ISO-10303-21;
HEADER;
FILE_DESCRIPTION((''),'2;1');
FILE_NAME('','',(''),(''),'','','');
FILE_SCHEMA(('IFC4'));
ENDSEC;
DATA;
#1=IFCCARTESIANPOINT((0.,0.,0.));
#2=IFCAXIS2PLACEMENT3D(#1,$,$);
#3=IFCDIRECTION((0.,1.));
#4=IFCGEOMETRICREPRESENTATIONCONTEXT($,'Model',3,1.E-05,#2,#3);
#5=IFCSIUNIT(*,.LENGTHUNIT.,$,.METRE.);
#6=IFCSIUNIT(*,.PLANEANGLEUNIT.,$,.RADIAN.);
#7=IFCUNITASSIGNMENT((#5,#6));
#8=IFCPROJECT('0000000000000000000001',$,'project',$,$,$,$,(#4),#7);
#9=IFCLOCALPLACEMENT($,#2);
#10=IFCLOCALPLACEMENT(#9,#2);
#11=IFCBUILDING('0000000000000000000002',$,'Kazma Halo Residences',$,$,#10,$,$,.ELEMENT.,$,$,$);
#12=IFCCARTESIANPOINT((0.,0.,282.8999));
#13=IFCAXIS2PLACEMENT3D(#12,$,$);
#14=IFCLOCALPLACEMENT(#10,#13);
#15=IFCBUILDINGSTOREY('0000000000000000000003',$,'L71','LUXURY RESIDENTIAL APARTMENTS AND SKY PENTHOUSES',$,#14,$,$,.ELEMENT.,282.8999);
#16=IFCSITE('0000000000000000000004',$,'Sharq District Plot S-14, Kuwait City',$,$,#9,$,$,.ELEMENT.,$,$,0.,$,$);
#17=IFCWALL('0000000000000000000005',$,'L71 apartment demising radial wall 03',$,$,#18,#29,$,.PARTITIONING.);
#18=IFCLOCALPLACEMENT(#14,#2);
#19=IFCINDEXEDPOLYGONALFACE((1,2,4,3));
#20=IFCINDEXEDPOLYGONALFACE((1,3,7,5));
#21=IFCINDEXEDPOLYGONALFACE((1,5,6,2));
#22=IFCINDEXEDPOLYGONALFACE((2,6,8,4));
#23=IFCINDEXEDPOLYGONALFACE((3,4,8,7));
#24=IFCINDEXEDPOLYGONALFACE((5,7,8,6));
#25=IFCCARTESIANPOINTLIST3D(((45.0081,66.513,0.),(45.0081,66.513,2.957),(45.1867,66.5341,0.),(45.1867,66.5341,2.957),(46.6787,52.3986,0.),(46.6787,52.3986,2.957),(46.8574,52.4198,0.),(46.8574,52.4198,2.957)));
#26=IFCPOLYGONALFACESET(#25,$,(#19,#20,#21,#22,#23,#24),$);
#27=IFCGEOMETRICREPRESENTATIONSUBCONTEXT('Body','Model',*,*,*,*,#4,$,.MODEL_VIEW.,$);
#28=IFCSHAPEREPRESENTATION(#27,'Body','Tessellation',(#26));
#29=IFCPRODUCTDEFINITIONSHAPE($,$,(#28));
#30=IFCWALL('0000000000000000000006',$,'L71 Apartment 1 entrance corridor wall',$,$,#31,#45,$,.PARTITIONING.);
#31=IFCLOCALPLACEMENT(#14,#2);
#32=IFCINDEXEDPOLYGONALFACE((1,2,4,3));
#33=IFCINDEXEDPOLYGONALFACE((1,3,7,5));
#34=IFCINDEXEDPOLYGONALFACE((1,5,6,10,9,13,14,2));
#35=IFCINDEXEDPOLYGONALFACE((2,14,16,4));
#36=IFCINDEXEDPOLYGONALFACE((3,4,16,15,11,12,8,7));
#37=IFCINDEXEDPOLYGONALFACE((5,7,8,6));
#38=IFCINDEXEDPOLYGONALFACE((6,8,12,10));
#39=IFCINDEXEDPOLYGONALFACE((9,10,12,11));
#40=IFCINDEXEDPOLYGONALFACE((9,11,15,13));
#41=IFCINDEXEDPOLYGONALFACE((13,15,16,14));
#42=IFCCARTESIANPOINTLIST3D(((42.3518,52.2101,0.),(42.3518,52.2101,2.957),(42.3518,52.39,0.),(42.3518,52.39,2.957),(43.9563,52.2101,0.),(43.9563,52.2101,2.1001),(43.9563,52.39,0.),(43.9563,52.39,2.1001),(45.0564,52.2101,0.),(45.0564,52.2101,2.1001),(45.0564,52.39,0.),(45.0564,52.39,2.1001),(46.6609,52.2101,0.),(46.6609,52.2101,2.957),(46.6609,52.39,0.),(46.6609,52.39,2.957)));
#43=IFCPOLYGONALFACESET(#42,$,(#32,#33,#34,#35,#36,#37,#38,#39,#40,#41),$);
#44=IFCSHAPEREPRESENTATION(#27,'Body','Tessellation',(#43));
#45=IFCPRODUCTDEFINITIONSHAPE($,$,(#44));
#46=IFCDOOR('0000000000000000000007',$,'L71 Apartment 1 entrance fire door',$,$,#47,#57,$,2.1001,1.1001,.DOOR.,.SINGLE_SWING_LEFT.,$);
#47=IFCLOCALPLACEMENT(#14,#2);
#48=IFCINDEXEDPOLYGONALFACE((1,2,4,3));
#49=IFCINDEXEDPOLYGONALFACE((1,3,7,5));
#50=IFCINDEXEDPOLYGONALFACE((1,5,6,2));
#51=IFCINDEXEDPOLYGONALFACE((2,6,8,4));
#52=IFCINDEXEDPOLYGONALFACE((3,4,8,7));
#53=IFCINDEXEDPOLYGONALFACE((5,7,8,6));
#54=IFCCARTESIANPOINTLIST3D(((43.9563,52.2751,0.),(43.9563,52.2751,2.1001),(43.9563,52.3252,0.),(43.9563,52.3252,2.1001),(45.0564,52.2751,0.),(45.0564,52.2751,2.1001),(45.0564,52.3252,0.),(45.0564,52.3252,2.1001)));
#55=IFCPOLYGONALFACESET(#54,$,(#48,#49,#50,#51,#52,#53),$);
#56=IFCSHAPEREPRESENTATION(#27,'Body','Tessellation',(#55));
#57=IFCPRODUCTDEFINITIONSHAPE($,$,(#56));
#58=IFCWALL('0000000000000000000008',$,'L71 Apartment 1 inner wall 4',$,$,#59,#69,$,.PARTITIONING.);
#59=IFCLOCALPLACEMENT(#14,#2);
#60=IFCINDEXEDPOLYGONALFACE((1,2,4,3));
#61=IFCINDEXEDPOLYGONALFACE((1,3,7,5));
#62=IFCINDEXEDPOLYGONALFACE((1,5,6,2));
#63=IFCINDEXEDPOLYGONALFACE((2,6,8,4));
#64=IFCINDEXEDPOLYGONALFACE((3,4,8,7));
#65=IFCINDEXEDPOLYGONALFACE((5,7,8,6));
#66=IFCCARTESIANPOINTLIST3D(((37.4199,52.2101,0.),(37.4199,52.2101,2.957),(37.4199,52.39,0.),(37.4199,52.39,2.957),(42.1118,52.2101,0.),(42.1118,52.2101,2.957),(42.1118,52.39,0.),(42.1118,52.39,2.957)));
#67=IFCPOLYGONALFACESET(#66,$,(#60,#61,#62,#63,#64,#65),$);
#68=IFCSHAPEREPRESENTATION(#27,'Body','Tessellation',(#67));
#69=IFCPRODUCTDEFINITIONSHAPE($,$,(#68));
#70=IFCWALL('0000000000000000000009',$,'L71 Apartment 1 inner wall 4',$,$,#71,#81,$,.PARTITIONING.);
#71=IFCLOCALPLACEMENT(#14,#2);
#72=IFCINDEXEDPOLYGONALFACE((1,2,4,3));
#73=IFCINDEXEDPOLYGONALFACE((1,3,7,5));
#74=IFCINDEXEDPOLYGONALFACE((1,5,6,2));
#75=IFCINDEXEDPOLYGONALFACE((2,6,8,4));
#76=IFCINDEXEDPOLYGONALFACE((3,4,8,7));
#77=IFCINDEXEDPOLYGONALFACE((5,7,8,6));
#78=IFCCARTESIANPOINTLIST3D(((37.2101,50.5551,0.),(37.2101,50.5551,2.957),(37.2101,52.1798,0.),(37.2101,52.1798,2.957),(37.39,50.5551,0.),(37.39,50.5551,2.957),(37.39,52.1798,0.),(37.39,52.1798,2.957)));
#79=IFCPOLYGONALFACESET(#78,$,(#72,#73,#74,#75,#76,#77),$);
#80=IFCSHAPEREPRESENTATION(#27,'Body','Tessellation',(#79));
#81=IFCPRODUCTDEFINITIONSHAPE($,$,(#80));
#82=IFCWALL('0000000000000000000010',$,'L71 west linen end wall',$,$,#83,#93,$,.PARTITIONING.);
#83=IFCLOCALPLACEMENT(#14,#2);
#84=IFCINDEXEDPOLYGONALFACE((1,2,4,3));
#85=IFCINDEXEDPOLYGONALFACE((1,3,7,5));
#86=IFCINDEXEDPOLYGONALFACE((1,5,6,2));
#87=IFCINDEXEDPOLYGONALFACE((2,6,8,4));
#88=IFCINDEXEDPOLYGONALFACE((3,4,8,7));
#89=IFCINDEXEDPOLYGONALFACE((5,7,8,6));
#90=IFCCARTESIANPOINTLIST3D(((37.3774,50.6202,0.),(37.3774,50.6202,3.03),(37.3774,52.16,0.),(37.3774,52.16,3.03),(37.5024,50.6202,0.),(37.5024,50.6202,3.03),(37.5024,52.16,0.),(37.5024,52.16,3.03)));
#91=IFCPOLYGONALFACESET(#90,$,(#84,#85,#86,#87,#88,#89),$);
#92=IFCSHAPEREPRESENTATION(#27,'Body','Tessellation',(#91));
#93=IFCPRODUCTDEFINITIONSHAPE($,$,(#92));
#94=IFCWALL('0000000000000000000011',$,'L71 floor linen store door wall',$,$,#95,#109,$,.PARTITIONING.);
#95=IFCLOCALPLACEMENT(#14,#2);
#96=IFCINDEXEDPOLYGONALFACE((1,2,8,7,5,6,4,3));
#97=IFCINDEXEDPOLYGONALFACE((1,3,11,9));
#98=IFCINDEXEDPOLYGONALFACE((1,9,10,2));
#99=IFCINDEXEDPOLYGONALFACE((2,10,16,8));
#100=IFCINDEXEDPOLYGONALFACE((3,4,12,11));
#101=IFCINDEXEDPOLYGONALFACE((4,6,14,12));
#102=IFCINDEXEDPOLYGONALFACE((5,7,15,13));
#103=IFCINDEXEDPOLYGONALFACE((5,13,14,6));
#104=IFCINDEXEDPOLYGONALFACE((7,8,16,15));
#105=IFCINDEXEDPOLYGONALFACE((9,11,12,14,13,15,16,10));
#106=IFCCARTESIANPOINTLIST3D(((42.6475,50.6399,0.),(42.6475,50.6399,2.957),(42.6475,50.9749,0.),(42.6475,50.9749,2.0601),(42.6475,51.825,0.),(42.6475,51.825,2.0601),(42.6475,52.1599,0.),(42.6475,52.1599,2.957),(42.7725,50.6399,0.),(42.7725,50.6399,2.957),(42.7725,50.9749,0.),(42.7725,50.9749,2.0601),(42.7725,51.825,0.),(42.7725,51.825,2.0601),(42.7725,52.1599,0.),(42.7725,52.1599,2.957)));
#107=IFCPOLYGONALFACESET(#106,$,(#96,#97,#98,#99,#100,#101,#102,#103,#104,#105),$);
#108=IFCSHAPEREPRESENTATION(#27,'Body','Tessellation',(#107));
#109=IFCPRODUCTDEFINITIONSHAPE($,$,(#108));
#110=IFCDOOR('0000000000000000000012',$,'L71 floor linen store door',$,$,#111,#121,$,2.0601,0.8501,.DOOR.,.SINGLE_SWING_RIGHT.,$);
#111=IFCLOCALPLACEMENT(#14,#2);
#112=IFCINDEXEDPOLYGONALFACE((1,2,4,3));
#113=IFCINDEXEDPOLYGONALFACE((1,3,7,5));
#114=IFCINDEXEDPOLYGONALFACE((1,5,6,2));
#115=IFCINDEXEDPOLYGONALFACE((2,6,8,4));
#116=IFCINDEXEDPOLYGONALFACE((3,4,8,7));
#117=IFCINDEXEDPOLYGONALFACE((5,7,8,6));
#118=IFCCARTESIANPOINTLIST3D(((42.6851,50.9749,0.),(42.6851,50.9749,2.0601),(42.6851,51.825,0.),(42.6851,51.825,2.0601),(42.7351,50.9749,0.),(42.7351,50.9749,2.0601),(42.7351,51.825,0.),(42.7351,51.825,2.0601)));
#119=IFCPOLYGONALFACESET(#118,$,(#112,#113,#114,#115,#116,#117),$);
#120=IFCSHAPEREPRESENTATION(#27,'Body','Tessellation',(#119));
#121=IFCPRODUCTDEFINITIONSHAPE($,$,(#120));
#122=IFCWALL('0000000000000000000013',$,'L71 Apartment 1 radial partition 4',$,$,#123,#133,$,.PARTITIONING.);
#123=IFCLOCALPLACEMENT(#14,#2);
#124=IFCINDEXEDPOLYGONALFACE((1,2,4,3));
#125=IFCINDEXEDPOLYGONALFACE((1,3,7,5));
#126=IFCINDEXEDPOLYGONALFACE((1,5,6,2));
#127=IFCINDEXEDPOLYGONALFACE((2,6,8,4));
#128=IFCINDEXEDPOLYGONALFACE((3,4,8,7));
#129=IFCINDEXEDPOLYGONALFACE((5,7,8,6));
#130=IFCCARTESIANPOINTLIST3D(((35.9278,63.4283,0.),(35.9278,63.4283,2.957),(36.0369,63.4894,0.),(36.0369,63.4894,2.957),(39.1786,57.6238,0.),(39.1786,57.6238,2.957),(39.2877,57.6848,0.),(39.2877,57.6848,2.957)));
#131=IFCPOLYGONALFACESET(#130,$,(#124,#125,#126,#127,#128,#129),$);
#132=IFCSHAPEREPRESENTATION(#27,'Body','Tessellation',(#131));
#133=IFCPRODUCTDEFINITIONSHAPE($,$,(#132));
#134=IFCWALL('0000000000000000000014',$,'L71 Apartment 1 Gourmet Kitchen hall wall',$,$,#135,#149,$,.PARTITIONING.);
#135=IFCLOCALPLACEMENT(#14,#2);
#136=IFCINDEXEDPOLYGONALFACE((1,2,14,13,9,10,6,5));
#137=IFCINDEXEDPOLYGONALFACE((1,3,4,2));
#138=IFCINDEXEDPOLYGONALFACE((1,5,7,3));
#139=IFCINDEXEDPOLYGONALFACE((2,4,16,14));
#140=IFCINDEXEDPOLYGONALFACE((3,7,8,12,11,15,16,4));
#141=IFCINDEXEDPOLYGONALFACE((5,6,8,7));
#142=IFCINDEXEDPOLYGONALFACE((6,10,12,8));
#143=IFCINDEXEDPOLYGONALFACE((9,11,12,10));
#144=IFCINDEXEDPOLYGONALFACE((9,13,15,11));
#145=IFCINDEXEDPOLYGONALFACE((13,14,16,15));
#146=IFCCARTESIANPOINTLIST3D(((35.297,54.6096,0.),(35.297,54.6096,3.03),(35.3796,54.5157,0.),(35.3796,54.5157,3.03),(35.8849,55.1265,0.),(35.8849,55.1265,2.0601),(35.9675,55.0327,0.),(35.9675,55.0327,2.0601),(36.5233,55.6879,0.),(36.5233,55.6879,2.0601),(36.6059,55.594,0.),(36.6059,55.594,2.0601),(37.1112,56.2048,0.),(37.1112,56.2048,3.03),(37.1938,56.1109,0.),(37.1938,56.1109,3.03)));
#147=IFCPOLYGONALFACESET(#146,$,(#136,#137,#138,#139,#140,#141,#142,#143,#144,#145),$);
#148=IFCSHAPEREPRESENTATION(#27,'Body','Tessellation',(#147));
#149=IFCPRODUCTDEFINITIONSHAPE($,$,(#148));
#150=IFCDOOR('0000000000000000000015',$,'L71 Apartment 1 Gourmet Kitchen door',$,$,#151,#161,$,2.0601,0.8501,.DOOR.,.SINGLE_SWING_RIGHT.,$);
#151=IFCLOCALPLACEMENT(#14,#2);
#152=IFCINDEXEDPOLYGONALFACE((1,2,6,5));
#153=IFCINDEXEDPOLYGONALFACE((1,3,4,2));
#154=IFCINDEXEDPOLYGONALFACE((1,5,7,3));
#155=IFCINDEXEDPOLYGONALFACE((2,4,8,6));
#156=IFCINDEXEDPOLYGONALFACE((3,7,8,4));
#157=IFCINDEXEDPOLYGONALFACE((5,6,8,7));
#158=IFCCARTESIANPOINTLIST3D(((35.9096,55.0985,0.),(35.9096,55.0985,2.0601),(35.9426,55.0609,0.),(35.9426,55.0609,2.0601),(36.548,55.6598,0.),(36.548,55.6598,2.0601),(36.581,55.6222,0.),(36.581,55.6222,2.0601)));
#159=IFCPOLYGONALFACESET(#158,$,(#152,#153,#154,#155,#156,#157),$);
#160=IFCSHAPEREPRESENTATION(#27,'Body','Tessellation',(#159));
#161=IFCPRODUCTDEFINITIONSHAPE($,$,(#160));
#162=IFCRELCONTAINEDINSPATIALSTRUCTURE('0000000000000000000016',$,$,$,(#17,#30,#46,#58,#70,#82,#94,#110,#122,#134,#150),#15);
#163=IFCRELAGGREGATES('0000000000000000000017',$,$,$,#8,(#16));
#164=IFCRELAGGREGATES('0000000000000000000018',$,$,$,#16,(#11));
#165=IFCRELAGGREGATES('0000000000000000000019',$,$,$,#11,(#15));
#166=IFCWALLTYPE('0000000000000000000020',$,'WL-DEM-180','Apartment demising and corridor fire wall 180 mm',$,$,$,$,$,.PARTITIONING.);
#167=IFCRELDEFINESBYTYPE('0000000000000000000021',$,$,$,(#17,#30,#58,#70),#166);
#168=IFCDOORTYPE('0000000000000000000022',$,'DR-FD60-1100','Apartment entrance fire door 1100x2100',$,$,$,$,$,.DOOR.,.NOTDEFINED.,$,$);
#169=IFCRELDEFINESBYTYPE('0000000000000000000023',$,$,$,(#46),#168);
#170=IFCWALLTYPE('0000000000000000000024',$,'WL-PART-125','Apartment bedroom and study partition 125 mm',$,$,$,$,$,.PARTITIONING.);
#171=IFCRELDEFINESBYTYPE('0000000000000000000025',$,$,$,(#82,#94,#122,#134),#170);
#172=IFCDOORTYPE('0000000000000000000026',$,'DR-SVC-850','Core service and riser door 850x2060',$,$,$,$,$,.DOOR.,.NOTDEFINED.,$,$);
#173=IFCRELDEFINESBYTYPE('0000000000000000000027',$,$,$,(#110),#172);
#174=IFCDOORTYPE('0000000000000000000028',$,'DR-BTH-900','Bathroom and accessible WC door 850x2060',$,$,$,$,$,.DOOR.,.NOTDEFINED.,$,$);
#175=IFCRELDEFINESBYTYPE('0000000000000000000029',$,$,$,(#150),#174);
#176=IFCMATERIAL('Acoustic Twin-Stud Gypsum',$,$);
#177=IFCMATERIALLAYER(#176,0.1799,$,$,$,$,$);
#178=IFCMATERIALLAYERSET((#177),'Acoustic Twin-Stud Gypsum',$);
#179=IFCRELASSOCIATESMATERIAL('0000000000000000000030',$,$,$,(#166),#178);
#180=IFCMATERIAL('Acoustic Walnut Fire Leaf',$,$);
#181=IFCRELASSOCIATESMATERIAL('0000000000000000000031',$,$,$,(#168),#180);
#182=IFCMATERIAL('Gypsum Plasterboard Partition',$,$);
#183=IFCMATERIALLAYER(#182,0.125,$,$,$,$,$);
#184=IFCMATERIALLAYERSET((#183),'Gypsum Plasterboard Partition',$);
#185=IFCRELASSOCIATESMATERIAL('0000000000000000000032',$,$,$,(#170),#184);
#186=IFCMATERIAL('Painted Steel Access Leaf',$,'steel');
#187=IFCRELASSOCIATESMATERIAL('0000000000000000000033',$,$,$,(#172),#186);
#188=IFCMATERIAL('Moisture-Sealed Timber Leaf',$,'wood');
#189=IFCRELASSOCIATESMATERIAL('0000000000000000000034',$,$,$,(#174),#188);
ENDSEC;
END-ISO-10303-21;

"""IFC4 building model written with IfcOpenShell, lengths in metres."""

from ifc_helpers import new_model, si_unit, direction, frame, frame_2d, origin, place, context, subcontext, project, spatial, rectangle, extrude, material, layer, layer_set, type_object, element, fill, save


model = new_model("IFC4")

# Units and contexts
model_context = context("Model", 3, precision=1e-05, world=origin(), true_north=direction((0.0, 1.0)))
body_context = subcontext(model_context, "Body", "Model", "MODEL_VIEW")
ifc_project = project(units=[si_unit("LENGTHUNIT", "METRE"), si_unit("PLANEANGLEUNIT", "RADIAN")], contexts=[model_context])

# Site, building, storey
site_placement = place(None, origin())
site = spatial("IfcSite", under=ifc_project, at=site_placement, Name="Sharq District Plot S-14, Kuwait City", CompositionType="ELEMENT", RefElevation=0.0)
building_placement = place(site_placement, origin())
building = spatial("IfcBuilding", under=site, at=building_placement, Name="Kazma Halo Residences", CompositionType="ELEMENT")
storey_placement = place(building_placement, frame((0.0, 0.0, 282.8999)))
storey = spatial("IfcBuildingStorey", under=building, at=storey_placement, Name="L71", Description="LUXURY RESIDENTIAL APARTMENTS AND SKY PENTHOUSES", CompositionType="ELEMENT", Elevation=282.8999)

# Wall
ifc_material_1 = material(Name="Acoustic Twin-Stud Gypsum")
ifc_layer_1 = layer(ifc_material_1, 0.1799)
ifc_layer_set_1 = layer_set([ifc_layer_1], Name="Acoustic Twin-Stud Gypsum")
wall_type_1 = type_object("IfcWallType", Name="WL-DEM-180", Description="Apartment demising and corridor fire wall 180 mm", PredefinedType="PARTITIONING", material=ifc_layer_set_1)
wall_1_placement = place(storey_placement, frame((46.7681, 52.4092, 0.0), z_axis=(0.0, 0.0, 1.0), x_axis=(-0.117546, 0.993067, 0.0)))
element("IfcWall", 1, at=wall_1_placement, inside=storey, type_object=wall_type_1, Name="L71 apartment demising radial wall 03", PredefinedType="PARTITIONING", context=body_context, shape_type="SweptSolid", body=[
    extrude(rectangle(XDim=14.2129, YDim=0.1799, at=frame_2d((7.1064, 0.0))), origin(), (0.0, 0.0, 1.0), 2.957),
])

# Wall, opening, door
wall_2_placement = place(storey_placement, frame((46.6609, 52.3, 0.0), z_axis=(0.0, 0.0, 1.0), x_axis=(-1.0, 0.0, 0.0)))
wall_2 = element("IfcWall", 2, at=wall_2_placement, inside=storey, type_object=wall_type_1, Name="L71 Apartment 1 entrance corridor wall", PredefinedType="PARTITIONING", context=body_context, shape_type="SweptSolid", body=[
    extrude(rectangle(XDim=4.3091, YDim=0.1799, at=frame_2d((2.1545, 0.0))), origin(), (0.0, 0.0, 1.0), 2.957),
])
opening_1_placement = place(wall_2_placement, frame((1.6045, 0.0, 0.0)))
opening_1 = element("IfcOpeningElement", 3, at=opening_1_placement, cuts=wall_2, PredefinedType="OPENING", context=body_context, shape_type="SweptSolid", body=[
    extrude(rectangle(XDim=1.1001, YDim=2.1001, at=frame_2d((0.55, 1.05))), frame((0.0, 0.0999, 0.0), z_axis=(0.0, -1.0, 0.0), x_axis=(1.0, 0.0, 0.0)), (0.0, 0.0, 1.0), 0.2),
])
ifc_material_2 = material(Name="Acoustic Walnut Fire Leaf")
door_type_1 = type_object("IfcDoorType", Name="DR-FD60-1100", Description="Apartment entrance fire door 1100x2100", OperationType="NOTDEFINED", PredefinedType="DOOR", material=ifc_material_2)
door_1_placement = place(opening_1_placement, origin())
door_1 = element("IfcDoor", 4, at=door_1_placement, inside=storey, type_object=door_type_1, Name="L71 Apartment 1 entrance fire door", OperationType="SINGLE_SWING_LEFT", OverallHeight=2.1001, OverallWidth=1.1001, PredefinedType="DOOR", context=body_context, shape_type="SweptSolid", body=[
    extrude(rectangle(XDim=1.1001, YDim=2.1001, at=frame_2d((0.55, 1.05))), frame((0.0, 0.0249, 0.0), z_axis=(0.0, -1.0, 0.0), x_axis=(1.0, 0.0, 0.0)), (0.0, 0.0, 1.0), 0.05),
])
fill(opening_1, door_1)

# Walls
wall_3_placement = place(storey_placement, frame((42.1118, 52.3, 0.0), z_axis=(0.0, 0.0, 1.0), x_axis=(-1.0, 0.0, 0.0)))
element("IfcWall", 5, at=wall_3_placement, inside=storey, type_object=wall_type_1, Name="L71 Apartment 1 inner wall 4", PredefinedType="PARTITIONING", context=body_context, shape_type="SweptSolid", body=[
    extrude(rectangle(XDim=4.6919, YDim=0.1799, at=frame_2d((2.3459, 0.0))), origin(), (0.0, 0.0, 1.0), 2.957),
])
wall_4_placement = place(storey_placement, frame((37.3, 52.1799, 0.0), z_axis=(0.0, 0.0, 1.0), x_axis=(0.0, -1.0, 0.0)))
element("IfcWall", 6, at=wall_4_placement, inside=storey, type_object=wall_type_1, Name="L71 Apartment 1 inner wall 4", PredefinedType="PARTITIONING", context=body_context, shape_type="SweptSolid", body=[
    extrude(rectangle(XDim=1.6248, YDim=0.1799, at=frame_2d((0.8125, 0.0))), origin(), (0.0, 0.0, 1.0), 2.957),
])

# Wall
ifc_material_3 = material(Name="Gypsum Plasterboard Partition")
ifc_layer_2 = layer(ifc_material_3, 0.125)
ifc_layer_set_2 = layer_set([ifc_layer_2], Name="Gypsum Plasterboard Partition")
wall_type_2 = type_object("IfcWallType", Name="WL-PART-125", Description="Apartment bedroom and study partition 125 mm", PredefinedType="PARTITIONING", material=ifc_layer_set_2)
wall_5_placement = place(storey_placement, frame((37.4399, 50.6201, 0.0), z_axis=(0.0, 0.0, 1.0), x_axis=(0.0, 1.0, 0.0)))
element("IfcWall", 7, at=wall_5_placement, inside=storey, type_object=wall_type_2, Name="L71 west linen end wall", PredefinedType="PARTITIONING", context=body_context, shape_type="SweptSolid", body=[
    extrude(rectangle(XDim=1.5398, YDim=0.125, at=frame_2d((0.77, 0.0))), origin(), (0.0, 0.0, 1.0), 3.03),
])

# Wall, opening, door
wall_6_placement = place(storey_placement, frame((42.71, 50.6399, 0.0), z_axis=(0.0, 0.0, 1.0), x_axis=(0.0, 1.0, 0.0)))
wall_6 = element("IfcWall", 8, at=wall_6_placement, inside=storey, type_object=wall_type_2, Name="L71 floor linen store door wall", PredefinedType="PARTITIONING", context=body_context, shape_type="SweptSolid", body=[
    extrude(rectangle(XDim=1.52, YDim=0.125, at=frame_2d((0.76, 0.0))), origin(), (0.0, 0.0, 1.0), 2.957),
])
opening_2_placement = place(wall_6_placement, frame((0.335, 0.0, 0.0)))
opening_2 = element("IfcOpeningElement", 9, at=opening_2_placement, cuts=wall_6, PredefinedType="OPENING", context=body_context, shape_type="SweptSolid", body=[
    extrude(rectangle(XDim=0.8501, YDim=2.0601, at=frame_2d((0.425, 1.03))), frame((0.0, 0.0725, 0.0), z_axis=(0.0, -1.0, 0.0), x_axis=(1.0, 0.0, 0.0)), (0.0, 0.0, 1.0), 0.145),
])
ifc_material_4 = material(Name="Painted Steel Access Leaf", Category="steel")
door_type_2 = type_object("IfcDoorType", Name="DR-SVC-850", Description="Core service and riser door 850x2060", OperationType="NOTDEFINED", PredefinedType="DOOR", material=ifc_material_4)
door_2_placement = place(opening_2_placement, origin())
door_2 = element("IfcDoor", 10, at=door_2_placement, inside=storey, type_object=door_type_2, Name="L71 floor linen store door", OperationType="SINGLE_SWING_RIGHT", OverallHeight=2.0601, OverallWidth=0.8501, PredefinedType="DOOR", context=body_context, shape_type="SweptSolid", body=[
    extrude(rectangle(XDim=0.8501, YDim=2.0601, at=frame_2d((0.425, 1.03))), frame((0.0, 0.0249, 0.0), z_axis=(0.0, -1.0, 0.0), x_axis=(1.0, 0.0, 0.0)), (0.0, 0.0, 1.0), 0.05),
])
fill(opening_2, door_2)

# Wall
wall_7_placement = place(storey_placement, frame((39.2332, 57.6543, 0.0), z_axis=(0.0, 0.0, 1.0), x_axis=(-0.488631, 0.87249, 0.0)))
element("IfcWall", 11, at=wall_7_placement, inside=storey, type_object=wall_type_2, Name="L71 Apartment 1 radial partition 4", PredefinedType="PARTITIONING", context=body_context, shape_type="SweptSolid", body=[
    extrude(rectangle(XDim=6.6528, YDim=0.125, at=frame_2d((3.3264, 0.0))), origin(), (0.0, 0.0, 1.0), 2.957),
])

# Wall, opening, door
wall_8_placement = place(storey_placement, frame((37.1526, 56.158, 0.0), z_axis=(0.0, 0.0, 1.0), x_axis=(-0.750978, -0.660327, 0.0)))
wall_8 = element("IfcWall", 12, at=wall_8_placement, inside=storey, type_object=wall_type_2, Name="L71 Apartment 1 Gourmet Kitchen hall wall", PredefinedType="PARTITIONING", context=body_context, shape_type="SweptSolid", body=[
    extrude(rectangle(XDim=2.4158, YDim=0.125, at=frame_2d((1.208, 0.0))), origin(), (0.0, 0.0, 1.0), 3.03),
])
opening_3_placement = place(wall_8_placement, frame((0.783, 0.0, 0.0)))
opening_3 = element("IfcOpeningElement", 13, at=opening_3_placement, cuts=wall_8, PredefinedType="OPENING", context=body_context, shape_type="SweptSolid", body=[
    extrude(rectangle(XDim=0.8501, YDim=2.0601, at=frame_2d((0.425, 1.03))), frame((0.0, 0.0725, 0.0), z_axis=(0.0, -1.0, 0.0), x_axis=(1.0, 0.0, 0.0)), (0.0, 0.0, 1.0), 0.145),
])
ifc_material_5 = material(Name="Moisture-Sealed Timber Leaf", Category="wood")
door_type_3 = type_object("IfcDoorType", Name="DR-BTH-900", Description="Bathroom and accessible WC door 850x2060", OperationType="NOTDEFINED", PredefinedType="DOOR", material=ifc_material_5)
door_3_placement = place(opening_3_placement, origin())
door_3 = element("IfcDoor", 14, at=door_3_placement, inside=storey, type_object=door_type_3, Name="L71 Apartment 1 Gourmet Kitchen door", OperationType="SINGLE_SWING_RIGHT", OverallHeight=2.0601, OverallWidth=0.8501, PredefinedType="DOOR", context=body_context, shape_type="SweptSolid", body=[
    extrude(rectangle(XDim=0.8501, YDim=2.0601, at=frame_2d((0.425, 1.03))), frame((0.0, 0.0249, 0.0), z_axis=(0.0, -1.0, 0.0), x_axis=(1.0, 0.0, 0.0)), (0.0, 0.0, 1.0), 0.05),
])
fill(opening_3, door_3)

save(model, "model.ifc")
